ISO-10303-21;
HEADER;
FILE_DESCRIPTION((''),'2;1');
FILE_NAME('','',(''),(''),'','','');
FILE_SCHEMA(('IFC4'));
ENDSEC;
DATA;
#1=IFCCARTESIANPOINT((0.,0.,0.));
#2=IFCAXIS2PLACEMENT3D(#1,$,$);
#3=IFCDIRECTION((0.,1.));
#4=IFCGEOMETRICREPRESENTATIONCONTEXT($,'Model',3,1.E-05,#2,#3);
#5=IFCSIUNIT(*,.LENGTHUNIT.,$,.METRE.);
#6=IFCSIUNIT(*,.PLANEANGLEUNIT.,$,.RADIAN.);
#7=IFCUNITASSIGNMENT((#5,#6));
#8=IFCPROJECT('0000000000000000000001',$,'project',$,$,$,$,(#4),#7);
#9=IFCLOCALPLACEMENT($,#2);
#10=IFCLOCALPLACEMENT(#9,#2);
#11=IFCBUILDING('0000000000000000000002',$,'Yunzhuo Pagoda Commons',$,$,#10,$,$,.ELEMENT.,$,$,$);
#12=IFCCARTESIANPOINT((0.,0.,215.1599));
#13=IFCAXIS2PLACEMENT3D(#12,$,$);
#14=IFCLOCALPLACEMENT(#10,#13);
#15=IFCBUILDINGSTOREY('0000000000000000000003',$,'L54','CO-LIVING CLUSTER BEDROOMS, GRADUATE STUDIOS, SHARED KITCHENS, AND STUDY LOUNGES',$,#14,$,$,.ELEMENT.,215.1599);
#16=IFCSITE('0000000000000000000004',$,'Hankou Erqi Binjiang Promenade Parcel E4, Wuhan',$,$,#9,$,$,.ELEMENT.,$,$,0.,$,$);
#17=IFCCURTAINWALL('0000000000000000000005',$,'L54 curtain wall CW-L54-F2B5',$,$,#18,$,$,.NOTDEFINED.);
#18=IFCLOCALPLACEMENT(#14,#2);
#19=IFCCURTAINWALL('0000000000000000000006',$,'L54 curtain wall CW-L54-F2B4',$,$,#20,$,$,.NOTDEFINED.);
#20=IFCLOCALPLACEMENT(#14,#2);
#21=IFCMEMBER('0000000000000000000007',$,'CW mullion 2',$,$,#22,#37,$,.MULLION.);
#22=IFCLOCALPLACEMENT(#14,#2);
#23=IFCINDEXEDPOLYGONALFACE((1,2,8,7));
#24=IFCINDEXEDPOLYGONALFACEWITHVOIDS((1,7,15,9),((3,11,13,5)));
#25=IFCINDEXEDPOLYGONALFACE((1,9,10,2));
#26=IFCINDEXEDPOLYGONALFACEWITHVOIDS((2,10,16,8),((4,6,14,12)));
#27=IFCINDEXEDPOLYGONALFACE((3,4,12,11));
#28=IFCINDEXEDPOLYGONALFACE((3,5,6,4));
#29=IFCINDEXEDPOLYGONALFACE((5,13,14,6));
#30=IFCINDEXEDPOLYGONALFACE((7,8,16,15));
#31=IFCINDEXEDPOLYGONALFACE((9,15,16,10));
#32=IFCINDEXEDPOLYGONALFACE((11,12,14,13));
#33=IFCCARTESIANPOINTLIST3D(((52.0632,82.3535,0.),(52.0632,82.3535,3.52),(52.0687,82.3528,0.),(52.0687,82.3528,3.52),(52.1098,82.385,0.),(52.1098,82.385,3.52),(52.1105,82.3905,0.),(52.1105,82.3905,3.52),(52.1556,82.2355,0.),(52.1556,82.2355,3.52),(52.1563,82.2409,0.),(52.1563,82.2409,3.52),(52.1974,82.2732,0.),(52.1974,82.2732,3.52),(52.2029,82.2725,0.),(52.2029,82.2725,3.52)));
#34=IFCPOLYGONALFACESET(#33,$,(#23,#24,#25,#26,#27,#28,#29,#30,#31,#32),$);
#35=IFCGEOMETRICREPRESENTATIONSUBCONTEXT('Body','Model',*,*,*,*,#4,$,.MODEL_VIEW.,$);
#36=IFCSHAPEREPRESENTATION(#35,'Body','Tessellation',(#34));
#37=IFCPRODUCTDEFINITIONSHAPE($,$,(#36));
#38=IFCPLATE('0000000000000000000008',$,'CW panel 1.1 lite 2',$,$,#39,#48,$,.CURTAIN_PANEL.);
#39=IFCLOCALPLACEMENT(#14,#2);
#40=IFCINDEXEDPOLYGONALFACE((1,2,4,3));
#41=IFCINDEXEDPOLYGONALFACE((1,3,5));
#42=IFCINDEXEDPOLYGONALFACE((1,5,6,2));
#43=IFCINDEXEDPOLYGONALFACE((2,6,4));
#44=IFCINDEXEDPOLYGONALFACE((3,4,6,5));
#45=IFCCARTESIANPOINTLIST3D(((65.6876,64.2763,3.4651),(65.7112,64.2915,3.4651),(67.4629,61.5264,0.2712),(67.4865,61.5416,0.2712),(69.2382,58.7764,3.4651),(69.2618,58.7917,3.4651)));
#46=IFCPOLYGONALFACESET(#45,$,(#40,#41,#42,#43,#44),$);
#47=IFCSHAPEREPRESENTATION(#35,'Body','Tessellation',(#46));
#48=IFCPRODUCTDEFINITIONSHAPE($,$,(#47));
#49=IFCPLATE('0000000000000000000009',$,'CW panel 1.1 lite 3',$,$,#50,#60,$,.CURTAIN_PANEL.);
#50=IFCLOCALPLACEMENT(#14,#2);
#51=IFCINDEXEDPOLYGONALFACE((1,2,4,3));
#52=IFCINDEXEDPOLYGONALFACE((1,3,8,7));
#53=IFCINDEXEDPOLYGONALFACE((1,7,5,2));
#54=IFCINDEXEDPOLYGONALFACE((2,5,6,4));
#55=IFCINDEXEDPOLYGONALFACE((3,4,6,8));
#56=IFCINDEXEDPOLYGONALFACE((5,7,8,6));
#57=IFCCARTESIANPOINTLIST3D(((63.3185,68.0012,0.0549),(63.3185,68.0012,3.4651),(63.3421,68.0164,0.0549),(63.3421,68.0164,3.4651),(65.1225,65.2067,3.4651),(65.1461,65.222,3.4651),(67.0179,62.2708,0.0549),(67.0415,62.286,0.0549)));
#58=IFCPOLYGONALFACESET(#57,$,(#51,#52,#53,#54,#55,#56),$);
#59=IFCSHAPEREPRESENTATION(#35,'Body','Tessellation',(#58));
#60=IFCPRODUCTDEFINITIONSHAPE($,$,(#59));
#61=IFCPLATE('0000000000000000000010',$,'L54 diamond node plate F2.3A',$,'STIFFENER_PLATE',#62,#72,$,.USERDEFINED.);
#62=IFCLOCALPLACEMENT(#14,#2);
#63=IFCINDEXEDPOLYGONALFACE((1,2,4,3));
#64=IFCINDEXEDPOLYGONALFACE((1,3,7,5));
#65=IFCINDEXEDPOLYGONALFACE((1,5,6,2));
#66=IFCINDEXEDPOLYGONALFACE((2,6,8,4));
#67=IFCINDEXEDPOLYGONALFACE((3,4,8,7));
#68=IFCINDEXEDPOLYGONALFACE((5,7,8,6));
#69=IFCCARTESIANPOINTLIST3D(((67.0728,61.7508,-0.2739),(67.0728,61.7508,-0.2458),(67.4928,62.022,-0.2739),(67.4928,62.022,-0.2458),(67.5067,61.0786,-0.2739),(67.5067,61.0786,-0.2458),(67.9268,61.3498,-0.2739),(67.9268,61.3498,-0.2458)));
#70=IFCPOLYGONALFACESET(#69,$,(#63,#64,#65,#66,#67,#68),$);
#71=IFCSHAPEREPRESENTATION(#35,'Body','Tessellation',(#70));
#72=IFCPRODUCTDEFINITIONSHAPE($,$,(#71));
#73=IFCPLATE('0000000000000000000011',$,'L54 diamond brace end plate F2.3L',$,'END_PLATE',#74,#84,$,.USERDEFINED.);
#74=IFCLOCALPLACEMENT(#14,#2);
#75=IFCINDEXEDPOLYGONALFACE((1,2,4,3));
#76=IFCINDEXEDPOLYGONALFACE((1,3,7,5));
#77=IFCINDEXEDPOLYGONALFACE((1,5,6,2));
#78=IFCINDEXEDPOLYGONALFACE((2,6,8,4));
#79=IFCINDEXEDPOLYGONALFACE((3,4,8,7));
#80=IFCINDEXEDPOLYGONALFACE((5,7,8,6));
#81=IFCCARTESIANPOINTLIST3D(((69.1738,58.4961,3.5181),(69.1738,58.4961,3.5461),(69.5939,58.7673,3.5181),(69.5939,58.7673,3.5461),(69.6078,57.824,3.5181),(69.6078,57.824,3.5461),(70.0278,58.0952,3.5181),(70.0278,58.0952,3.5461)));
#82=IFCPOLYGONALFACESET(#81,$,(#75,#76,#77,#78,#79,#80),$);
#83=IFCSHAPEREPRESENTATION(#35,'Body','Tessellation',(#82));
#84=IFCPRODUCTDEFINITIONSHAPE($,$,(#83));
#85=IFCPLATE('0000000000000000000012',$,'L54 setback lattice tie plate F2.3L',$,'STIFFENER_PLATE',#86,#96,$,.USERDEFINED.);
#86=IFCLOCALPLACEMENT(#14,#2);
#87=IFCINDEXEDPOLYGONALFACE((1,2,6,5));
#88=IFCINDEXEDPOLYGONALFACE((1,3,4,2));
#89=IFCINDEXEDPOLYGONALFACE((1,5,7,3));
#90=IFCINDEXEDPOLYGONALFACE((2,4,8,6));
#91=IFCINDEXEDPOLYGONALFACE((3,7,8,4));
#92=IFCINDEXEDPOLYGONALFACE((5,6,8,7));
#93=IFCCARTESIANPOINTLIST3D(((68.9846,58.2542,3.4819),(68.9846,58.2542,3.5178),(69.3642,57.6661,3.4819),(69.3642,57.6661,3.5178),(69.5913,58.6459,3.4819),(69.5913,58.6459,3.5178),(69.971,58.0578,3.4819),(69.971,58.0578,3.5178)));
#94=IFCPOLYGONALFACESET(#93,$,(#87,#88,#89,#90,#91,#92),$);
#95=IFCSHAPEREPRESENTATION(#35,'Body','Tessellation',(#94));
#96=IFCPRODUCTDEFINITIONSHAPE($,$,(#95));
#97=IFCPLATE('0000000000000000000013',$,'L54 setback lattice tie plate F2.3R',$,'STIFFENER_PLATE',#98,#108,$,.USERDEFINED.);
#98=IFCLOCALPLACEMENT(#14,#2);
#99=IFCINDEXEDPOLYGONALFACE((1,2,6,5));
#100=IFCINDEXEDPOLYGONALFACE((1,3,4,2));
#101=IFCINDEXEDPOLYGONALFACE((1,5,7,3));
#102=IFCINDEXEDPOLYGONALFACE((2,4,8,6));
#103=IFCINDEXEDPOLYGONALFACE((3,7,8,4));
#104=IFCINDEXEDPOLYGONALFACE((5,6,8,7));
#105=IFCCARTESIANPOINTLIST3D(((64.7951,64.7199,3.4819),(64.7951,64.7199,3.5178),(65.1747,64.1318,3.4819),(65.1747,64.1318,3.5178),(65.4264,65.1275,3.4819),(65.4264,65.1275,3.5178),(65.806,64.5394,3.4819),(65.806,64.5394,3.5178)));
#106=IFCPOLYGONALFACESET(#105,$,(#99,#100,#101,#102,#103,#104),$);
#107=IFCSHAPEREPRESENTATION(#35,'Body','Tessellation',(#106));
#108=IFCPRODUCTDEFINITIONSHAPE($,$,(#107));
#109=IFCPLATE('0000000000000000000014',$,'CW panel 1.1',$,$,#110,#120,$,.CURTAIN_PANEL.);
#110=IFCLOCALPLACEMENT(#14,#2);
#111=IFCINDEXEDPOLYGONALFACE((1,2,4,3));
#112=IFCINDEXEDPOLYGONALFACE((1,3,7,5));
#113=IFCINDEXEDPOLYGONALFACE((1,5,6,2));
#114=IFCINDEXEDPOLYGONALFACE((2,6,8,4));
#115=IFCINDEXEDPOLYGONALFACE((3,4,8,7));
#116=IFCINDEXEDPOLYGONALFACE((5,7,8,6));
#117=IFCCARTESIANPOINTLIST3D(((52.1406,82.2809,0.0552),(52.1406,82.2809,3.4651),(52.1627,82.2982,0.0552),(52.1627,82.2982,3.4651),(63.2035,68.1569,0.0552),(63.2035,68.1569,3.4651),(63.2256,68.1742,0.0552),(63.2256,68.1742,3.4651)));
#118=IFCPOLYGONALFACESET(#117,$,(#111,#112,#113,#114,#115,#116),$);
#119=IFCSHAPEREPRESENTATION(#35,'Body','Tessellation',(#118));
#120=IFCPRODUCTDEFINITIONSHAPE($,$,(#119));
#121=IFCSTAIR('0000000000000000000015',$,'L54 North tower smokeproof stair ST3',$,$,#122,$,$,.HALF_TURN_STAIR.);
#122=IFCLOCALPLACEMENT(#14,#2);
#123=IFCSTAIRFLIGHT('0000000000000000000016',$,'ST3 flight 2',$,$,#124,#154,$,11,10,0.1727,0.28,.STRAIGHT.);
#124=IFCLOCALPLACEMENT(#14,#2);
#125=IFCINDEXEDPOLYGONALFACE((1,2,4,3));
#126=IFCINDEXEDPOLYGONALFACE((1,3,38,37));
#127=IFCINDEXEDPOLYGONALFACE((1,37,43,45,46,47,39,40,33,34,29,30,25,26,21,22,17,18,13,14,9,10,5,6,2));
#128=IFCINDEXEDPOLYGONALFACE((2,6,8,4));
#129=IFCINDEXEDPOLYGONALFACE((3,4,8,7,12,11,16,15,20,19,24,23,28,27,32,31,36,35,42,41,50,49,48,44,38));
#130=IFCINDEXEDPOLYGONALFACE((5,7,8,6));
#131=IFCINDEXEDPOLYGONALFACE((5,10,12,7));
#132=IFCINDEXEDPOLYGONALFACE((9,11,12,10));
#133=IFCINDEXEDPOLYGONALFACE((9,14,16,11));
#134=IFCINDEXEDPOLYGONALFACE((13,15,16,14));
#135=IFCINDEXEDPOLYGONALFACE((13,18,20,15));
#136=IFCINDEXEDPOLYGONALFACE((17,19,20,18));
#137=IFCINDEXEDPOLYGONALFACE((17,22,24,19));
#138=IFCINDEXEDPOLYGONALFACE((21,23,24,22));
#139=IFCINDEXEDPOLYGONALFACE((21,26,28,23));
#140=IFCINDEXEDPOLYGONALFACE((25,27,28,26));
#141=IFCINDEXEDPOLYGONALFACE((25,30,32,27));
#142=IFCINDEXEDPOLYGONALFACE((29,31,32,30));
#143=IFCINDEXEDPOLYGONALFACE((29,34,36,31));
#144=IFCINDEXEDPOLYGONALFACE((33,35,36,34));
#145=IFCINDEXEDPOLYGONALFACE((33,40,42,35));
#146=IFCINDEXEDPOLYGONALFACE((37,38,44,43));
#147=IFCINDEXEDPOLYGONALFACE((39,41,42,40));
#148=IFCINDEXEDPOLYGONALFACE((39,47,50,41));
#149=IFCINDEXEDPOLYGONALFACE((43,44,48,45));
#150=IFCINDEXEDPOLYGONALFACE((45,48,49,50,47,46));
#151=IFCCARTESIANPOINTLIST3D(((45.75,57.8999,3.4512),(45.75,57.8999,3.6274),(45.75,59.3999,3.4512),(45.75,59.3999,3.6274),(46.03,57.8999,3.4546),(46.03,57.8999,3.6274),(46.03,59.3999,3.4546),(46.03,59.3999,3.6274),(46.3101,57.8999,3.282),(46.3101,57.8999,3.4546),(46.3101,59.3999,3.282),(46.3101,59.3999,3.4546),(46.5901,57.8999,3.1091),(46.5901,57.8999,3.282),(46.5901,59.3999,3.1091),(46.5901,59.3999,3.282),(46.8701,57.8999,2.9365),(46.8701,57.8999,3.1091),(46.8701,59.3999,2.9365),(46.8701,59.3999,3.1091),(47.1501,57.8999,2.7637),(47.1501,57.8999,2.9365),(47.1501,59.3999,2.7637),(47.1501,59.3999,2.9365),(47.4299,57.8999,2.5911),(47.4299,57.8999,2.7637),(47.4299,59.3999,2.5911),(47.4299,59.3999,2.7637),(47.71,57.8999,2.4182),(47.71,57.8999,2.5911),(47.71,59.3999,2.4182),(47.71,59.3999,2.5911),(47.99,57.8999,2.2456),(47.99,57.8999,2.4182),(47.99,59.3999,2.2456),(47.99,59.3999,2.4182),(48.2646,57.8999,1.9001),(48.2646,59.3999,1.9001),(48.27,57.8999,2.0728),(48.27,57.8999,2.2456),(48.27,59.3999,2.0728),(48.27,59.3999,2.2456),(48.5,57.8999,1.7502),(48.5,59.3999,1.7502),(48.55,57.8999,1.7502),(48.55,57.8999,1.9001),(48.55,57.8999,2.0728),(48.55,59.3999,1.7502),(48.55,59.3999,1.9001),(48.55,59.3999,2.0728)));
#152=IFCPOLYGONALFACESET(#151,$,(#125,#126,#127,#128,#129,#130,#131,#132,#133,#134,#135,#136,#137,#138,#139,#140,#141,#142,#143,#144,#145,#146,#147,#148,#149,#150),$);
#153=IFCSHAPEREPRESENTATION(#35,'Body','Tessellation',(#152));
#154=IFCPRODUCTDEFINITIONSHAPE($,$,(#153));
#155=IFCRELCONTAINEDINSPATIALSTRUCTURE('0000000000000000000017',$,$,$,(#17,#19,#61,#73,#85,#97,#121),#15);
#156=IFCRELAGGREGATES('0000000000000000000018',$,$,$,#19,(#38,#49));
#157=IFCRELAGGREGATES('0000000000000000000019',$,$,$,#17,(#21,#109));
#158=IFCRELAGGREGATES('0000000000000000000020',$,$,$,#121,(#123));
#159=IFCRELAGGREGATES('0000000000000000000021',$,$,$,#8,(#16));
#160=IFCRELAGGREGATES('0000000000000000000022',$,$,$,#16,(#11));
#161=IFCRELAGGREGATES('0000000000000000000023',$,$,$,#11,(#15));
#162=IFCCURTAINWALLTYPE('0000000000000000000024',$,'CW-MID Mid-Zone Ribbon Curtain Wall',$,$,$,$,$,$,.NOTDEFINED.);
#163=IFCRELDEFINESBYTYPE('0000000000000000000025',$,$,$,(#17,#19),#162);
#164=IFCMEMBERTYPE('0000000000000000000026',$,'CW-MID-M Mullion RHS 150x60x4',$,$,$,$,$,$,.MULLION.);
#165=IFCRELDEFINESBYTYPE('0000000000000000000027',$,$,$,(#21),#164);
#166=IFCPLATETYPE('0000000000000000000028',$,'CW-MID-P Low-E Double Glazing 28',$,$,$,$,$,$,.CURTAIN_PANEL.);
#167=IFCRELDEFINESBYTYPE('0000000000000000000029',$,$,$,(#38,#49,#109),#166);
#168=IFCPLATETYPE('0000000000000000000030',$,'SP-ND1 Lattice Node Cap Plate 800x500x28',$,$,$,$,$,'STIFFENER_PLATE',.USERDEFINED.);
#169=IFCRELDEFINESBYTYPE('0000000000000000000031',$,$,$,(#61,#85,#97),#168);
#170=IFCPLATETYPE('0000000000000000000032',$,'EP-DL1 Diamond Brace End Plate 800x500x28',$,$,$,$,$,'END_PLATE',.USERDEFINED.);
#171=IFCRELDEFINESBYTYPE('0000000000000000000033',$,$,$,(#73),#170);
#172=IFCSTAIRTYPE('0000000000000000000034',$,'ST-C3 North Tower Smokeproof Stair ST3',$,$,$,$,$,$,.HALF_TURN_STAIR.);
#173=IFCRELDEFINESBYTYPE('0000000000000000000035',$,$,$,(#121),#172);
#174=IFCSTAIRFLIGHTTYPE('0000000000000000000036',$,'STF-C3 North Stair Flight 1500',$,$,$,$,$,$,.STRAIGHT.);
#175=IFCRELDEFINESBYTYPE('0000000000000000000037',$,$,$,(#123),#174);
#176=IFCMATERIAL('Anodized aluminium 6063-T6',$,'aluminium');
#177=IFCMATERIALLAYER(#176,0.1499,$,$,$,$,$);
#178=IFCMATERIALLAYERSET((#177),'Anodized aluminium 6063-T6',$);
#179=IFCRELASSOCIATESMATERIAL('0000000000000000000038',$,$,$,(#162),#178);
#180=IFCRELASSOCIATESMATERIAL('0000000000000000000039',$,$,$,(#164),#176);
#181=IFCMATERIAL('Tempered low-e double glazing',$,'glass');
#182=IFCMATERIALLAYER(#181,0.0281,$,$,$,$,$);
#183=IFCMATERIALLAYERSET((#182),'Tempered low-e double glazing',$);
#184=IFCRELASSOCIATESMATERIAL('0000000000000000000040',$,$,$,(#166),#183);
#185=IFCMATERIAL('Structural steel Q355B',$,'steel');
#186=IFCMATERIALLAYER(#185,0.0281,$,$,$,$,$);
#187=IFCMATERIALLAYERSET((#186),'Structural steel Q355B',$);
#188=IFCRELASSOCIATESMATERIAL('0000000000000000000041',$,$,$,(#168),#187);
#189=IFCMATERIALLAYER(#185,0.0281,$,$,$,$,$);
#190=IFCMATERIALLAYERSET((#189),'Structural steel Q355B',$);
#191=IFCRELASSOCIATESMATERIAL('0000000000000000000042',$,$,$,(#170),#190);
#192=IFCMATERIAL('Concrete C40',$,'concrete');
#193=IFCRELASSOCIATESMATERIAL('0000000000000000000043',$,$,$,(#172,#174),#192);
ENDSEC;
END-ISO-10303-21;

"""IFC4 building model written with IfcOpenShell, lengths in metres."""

from ifc_helpers import new_model, si_unit, direction, frame, origin, origin_2d, place, context, subcontext, project, spatial, polyline, rectangle, hollow_rectangle, outline, extrude, source, transform, mapped, material, layer, layer_set, material_profile, profile_set, type_object, element, aggregate, save


model = new_model("IFC4")

# Units and contexts
model_context = context("Model", 3, precision=1e-05, world=origin(), true_north=direction((0.0, 1.0)))
body_context = subcontext(model_context, "Body", "Model", "MODEL_VIEW")
ifc_project = project(units=[si_unit("LENGTHUNIT", "METRE"), si_unit("PLANEANGLEUNIT", "RADIAN")], contexts=[model_context])

# Site, building, storey
site_placement = place(None, origin())
site = spatial("IfcSite", under=ifc_project, at=site_placement, Name="Hankou Erqi Binjiang Promenade Parcel E4, Wuhan", CompositionType="ELEMENT", RefElevation=0.0)
building_placement = place(site_placement, origin())
building = spatial("IfcBuilding", under=site, at=building_placement, Name="Yunzhuo Pagoda Commons", CompositionType="ELEMENT")
storey_placement = place(building_placement, frame((0.0, 0.0, 215.1599)))
storey = spatial("IfcBuildingStorey", under=building, at=storey_placement, Name="L54", Description="CO-LIVING CLUSTER BEDROOMS, GRADUATE STUDIOS, SHARED KITCHENS, AND STUDY LOUNGES", CompositionType="ELEMENT", Elevation=215.1599)

# Shared definitions
ifc_material_1 = material(Name="Structural steel Q355B", Category="steel")

# Curtain wall
ifc_material_2 = material(Name="Anodized aluminium 6063-T6", Category="aluminium")
ifc_layer_1 = layer(ifc_material_2, 0.1499)
ifc_layer_set_1 = layer_set([ifc_layer_1], Name="Anodized aluminium 6063-T6")
curtain_wall_type = type_object("IfcCurtainWallType", Name="CW-MID Mid-Zone Ribbon Curtain Wall", PredefinedType="NOTDEFINED", material=ifc_layer_set_1)
curtain_wall_1_placement = place(storey_placement, origin())
curtain_wall_1 = element("IfcCurtainWall", 1, at=curtain_wall_1_placement, inside=storey, type_object=curtain_wall_type, Name="L54 curtain wall CW-L54-F2B5", PredefinedType="NOTDEFINED")

# Curtain wall
curtain_wall_2_placement = place(storey_placement, origin())
curtain_wall_2 = element("IfcCurtainWall", 2, at=curtain_wall_2_placement, inside=storey, type_object=curtain_wall_type, Name="L54 curtain wall CW-L54-F2B4", PredefinedType="NOTDEFINED")
ifc_material_profile_1 = material_profile(ifc_material_2, hollow_rectangle(XDim=0.0601, YDim=0.1499, WallThickness=0.0039, at=origin_2d()), Name="Anodized aluminium 6063-T6")
ifc_profile_set_1 = profile_set([ifc_material_profile_1], Name="Anodized aluminium 6063-T6")
member_type_1 = type_object("IfcMemberType", Name="CW-MID-M Mullion RHS 150x60x4", PredefinedType="MULLION", material=ifc_profile_set_1)
shared_shape_1 = source(origin(), body_context, "Body", "SweptSolid", [
    extrude(hollow_rectangle(XDim=0.0601, YDim=0.1499, WallThickness=0.0039, at=origin_2d()), origin(), (0.0, 0.0, 1.0), 3.52),
])

# Member
member_1_placement = place(storey_placement, frame((52.1331, 82.313, 0.0), z_axis=(0.0, 0.0, 1.0), x_axis=(-0.78725, -0.616634, 0.0)))
member_1 = element("IfcMember", 3, at=member_1_placement, type_object=member_type_1, Name="CW mullion 2", PredefinedType="MULLION", context=body_context, shape_type="MappedRepresentation", body=[
    mapped(shared_shape_1, transform((0.0, 0.0, 0.0), scale=1.0)),
])

# Plates
ifc_material_3 = material(Name="Tempered low-e double glazing", Category="glass")
ifc_layer_2 = layer(ifc_material_3, 0.0281)
ifc_layer_set_2 = layer_set([ifc_layer_2], Name="Tempered low-e double glazing")
plate_type_1 = type_object("IfcPlateType", Name="CW-MID-P Low-E Double Glazing 28", PredefinedType="CURTAIN_PANEL", material=ifc_layer_set_2)
plate_1_placement = place(storey_placement, frame((67.4629, 61.5264, 1.8682), z_axis=(0.840138, 0.542372, 0.0), x_axis=(-0.542372, 0.840138, 0.0)))
plate_1 = element("IfcPlate", 4, at=plate_1_placement, type_object=plate_type_1, Name="CW panel 1.1 lite 2", PredefinedType="CURTAIN_PANEL", context=body_context, shape_type="SweptSolid", body=[
    extrude(outline(polyline([(-3.2732, 1.5969), (0.0, -1.5969), (3.2732, 1.5969), (-3.2732, 1.5969)])), origin(), (0.0, 0.0, 1.0), 0.0281),
])
plate_2_placement = place(storey_placement, frame((65.1682, 65.136, 1.76), z_axis=(0.840138, 0.542372, 0.0), x_axis=(-0.542372, 0.840138, 0.0)))
plate_2 = element("IfcPlate", 5, at=plate_2_placement, type_object=plate_type_1, Name="CW panel 1.1 lite 3", PredefinedType="CURTAIN_PANEL", context=body_context, shape_type="SweptSolid", body=[
    extrude(outline(polyline([(-3.4104, -1.7051), (3.4104, -1.7051), (3.4104, 1.7051), (0.0842, 1.7051), (-3.4104, -1.7051)])), origin(), (0.0, 0.0, 1.0), 0.0281),
])
aggregate(curtain_wall_2, [plate_1, plate_2])

# Plates
ifc_layer_3 = layer(ifc_material_1, 0.0281)
ifc_layer_set_3 = layer_set([ifc_layer_3], Name="Structural steel Q355B")
plate_type_2 = type_object("IfcPlateType", Name="SP-ND1 Lattice Node Cap Plate 800x500x28", ElementType="STIFFENER_PLATE", PredefinedType="USERDEFINED", material=ifc_layer_set_3)
shared_shape_2 = source(origin(), body_context, "Body", "SweptSolid", [
    extrude(rectangle(XDim=0.8, YDim=0.5, at=origin_2d()), origin(), (0.0, 0.0, 1.0), 0.0281),
])
plate_3_placement = place(storey_placement, frame((67.4998, 61.5503, -0.2739), z_axis=(0.0, 0.0, 1.0), x_axis=(-0.542368, 0.840141, 0.0)))
element("IfcPlate", 6, at=plate_3_placement, inside=storey, type_object=plate_type_2, Name="L54 diamond node plate F2.3A", ObjectType="STIFFENER_PLATE", PredefinedType="USERDEFINED", context=body_context, shape_type="MappedRepresentation", body=[
    mapped(shared_shape_2, transform((0.0, 0.0, 0.0), scale=1.0)),
])
ifc_layer_4 = layer(ifc_material_1, 0.0281)
ifc_layer_set_4 = layer_set([ifc_layer_4], Name="Structural steel Q355B")
plate_type_3 = type_object("IfcPlateType", Name="EP-DL1 Diamond Brace End Plate 800x500x28", ElementType="END_PLATE", PredefinedType="USERDEFINED", material=ifc_layer_set_4)
plate_4_placement = place(storey_placement, frame((69.6008, 58.2957, 3.5181), z_axis=(0.0, 0.0, 1.0), x_axis=(-0.542368, 0.840141, 0.0)))
element("IfcPlate", 7, at=plate_4_placement, inside=storey, type_object=plate_type_3, Name="L54 diamond brace end plate F2.3L", ObjectType="END_PLATE", PredefinedType="USERDEFINED", context=body_context, shape_type="MappedRepresentation", body=[
    mapped(shared_shape_2, transform((0.0, 0.0, 0.0), scale=1.0)),
])
shared_shape_3 = source(origin(), body_context, "Body", "SweptSolid", [
    extrude(rectangle(XDim=0.7, YDim=0.7222, at=origin_2d()), origin(), (0.0, 0.0, 1.0), 0.0359),
])
plate_5_placement = place(storey_placement, frame((69.4778, 58.156, 3.4819), z_axis=(0.0, 0.0, 1.0), x_axis=(-0.542368, 0.840141, 0.0)))
element("IfcPlate", 8, at=plate_5_placement, inside=storey, type_object=plate_type_2, Name="L54 setback lattice tie plate F2.3L", ObjectType="STIFFENER_PLATE", PredefinedType="USERDEFINED", context=body_context, shape_type="MappedRepresentation", body=[
    mapped(shared_shape_3, transform((0.0, 0.0, 0.0), scale=1.0)),
])
shared_shape_4 = source(origin(), body_context, "Body", "SweptSolid", [
    extrude(rectangle(XDim=0.7, YDim=0.7515, at=origin_2d()), origin(), (0.0, 0.0, 1.0), 0.0359),
])
plate_6_placement = place(storey_placement, frame((65.3005, 64.6296, 3.4819), z_axis=(0.0, 0.0, 1.0), x_axis=(-0.542368, 0.840141, 0.0)))
element("IfcPlate", 9, at=plate_6_placement, inside=storey, type_object=plate_type_2, Name="L54 setback lattice tie plate F2.3R", ObjectType="STIFFENER_PLATE", PredefinedType="USERDEFINED", context=body_context, shape_type="MappedRepresentation", body=[
    mapped(shared_shape_4, transform((0.0, 0.0, 0.0), scale=1.0)),
])

# Plate
shared_shape_5 = source(origin(), body_context, "Body", "SweptSolid", [
    extrude(rectangle(XDim=17.9409, YDim=0.0281, at=origin_2d()), origin(), (0.0, 0.0, 1.0), 3.4099),
])
plate_7_placement = place(storey_placement, frame((57.6831, 75.2275, 0.0552), z_axis=(0.0, 0.0, 1.0), x_axis=(-0.616634, 0.78725, 0.0)))
plate_7 = element("IfcPlate", 10, at=plate_7_placement, type_object=plate_type_1, Name="CW panel 1.1", PredefinedType="CURTAIN_PANEL", context=body_context, shape_type="MappedRepresentation", body=[
    mapped(shared_shape_5, transform((0.0, 0.0, 0.0), scale=1.0)),
])
aggregate(curtain_wall_1, [member_1, plate_7])

# Stair, stair flight
ifc_material_4 = material(Name="Concrete C40", Category="concrete")
stair_type = type_object("IfcStairType", Name="ST-C3 North Tower Smokeproof Stair ST3", PredefinedType="HALF_TURN_STAIR", material=ifc_material_4)
stair_placement = place(storey_placement, origin())
stair = element("IfcStair", 11, at=stair_placement, inside=storey, type_object=stair_type, Name="L54 North tower smokeproof stair ST3", PredefinedType="HALF_TURN_STAIR")
stair_flight_type = type_object("IfcStairFlightType", Name="STF-C3 North Stair Flight 1500", PredefinedType="STRAIGHT", material=ifc_material_4)
shared_shape_6 = source(origin(), body_context, "Body", "SweptSolid", [
    extrude(outline(polyline([(0.0, -0.1499), (0.0, 0.0), (0.0, 0.1726), (0.28, 0.1726), (0.28, 0.3455), (0.5601, 0.3455), (0.5601, 0.5181), (0.8401, 0.5181), (0.8401, 0.6909), (1.1201, 0.6909), (1.1201, 0.8635), (1.3999, 0.8635), (1.3999, 1.0364), (1.6799, 1.0364), (1.6799, 1.209), (1.96, 1.209), (1.96, 1.3818), (2.24, 1.3818), (2.24, 1.5544), (2.52, 1.5544), (2.52, 1.7273), (2.8, 1.7273), (2.8, 1.8999), (2.8, 1.551), (0.2854, 0.0), (0.05, -0.1499), (0.0, -0.1499)])), frame((0.0, 0.75, 0.0), z_axis=(0.0, -1.0, 0.0), x_axis=(1.0, 0.0, 0.0)), (0.0, 0.0, 1.0), 1.5),
])
stair_flight_placement = place(storey_placement, frame((48.55, 58.6499, 1.9001), z_axis=(0.0, 0.0, 1.0), x_axis=(-1.0, 0.0, 0.0)))
stair_flight = element("IfcStairFlight", 12, at=stair_flight_placement, type_object=stair_flight_type, Name="ST3 flight 2", NumberOfRisers=11, NumberOfTreads=10, PredefinedType="STRAIGHT", RiserHeight=0.1727, TreadLength=0.28, context=body_context, shape_type="MappedRepresentation", body=[
    mapped(shared_shape_6, transform((0.0, 0.0, 0.0), scale=1.0)),
])
aggregate(stair, [stair_flight])

save(model, "model.ifc")
